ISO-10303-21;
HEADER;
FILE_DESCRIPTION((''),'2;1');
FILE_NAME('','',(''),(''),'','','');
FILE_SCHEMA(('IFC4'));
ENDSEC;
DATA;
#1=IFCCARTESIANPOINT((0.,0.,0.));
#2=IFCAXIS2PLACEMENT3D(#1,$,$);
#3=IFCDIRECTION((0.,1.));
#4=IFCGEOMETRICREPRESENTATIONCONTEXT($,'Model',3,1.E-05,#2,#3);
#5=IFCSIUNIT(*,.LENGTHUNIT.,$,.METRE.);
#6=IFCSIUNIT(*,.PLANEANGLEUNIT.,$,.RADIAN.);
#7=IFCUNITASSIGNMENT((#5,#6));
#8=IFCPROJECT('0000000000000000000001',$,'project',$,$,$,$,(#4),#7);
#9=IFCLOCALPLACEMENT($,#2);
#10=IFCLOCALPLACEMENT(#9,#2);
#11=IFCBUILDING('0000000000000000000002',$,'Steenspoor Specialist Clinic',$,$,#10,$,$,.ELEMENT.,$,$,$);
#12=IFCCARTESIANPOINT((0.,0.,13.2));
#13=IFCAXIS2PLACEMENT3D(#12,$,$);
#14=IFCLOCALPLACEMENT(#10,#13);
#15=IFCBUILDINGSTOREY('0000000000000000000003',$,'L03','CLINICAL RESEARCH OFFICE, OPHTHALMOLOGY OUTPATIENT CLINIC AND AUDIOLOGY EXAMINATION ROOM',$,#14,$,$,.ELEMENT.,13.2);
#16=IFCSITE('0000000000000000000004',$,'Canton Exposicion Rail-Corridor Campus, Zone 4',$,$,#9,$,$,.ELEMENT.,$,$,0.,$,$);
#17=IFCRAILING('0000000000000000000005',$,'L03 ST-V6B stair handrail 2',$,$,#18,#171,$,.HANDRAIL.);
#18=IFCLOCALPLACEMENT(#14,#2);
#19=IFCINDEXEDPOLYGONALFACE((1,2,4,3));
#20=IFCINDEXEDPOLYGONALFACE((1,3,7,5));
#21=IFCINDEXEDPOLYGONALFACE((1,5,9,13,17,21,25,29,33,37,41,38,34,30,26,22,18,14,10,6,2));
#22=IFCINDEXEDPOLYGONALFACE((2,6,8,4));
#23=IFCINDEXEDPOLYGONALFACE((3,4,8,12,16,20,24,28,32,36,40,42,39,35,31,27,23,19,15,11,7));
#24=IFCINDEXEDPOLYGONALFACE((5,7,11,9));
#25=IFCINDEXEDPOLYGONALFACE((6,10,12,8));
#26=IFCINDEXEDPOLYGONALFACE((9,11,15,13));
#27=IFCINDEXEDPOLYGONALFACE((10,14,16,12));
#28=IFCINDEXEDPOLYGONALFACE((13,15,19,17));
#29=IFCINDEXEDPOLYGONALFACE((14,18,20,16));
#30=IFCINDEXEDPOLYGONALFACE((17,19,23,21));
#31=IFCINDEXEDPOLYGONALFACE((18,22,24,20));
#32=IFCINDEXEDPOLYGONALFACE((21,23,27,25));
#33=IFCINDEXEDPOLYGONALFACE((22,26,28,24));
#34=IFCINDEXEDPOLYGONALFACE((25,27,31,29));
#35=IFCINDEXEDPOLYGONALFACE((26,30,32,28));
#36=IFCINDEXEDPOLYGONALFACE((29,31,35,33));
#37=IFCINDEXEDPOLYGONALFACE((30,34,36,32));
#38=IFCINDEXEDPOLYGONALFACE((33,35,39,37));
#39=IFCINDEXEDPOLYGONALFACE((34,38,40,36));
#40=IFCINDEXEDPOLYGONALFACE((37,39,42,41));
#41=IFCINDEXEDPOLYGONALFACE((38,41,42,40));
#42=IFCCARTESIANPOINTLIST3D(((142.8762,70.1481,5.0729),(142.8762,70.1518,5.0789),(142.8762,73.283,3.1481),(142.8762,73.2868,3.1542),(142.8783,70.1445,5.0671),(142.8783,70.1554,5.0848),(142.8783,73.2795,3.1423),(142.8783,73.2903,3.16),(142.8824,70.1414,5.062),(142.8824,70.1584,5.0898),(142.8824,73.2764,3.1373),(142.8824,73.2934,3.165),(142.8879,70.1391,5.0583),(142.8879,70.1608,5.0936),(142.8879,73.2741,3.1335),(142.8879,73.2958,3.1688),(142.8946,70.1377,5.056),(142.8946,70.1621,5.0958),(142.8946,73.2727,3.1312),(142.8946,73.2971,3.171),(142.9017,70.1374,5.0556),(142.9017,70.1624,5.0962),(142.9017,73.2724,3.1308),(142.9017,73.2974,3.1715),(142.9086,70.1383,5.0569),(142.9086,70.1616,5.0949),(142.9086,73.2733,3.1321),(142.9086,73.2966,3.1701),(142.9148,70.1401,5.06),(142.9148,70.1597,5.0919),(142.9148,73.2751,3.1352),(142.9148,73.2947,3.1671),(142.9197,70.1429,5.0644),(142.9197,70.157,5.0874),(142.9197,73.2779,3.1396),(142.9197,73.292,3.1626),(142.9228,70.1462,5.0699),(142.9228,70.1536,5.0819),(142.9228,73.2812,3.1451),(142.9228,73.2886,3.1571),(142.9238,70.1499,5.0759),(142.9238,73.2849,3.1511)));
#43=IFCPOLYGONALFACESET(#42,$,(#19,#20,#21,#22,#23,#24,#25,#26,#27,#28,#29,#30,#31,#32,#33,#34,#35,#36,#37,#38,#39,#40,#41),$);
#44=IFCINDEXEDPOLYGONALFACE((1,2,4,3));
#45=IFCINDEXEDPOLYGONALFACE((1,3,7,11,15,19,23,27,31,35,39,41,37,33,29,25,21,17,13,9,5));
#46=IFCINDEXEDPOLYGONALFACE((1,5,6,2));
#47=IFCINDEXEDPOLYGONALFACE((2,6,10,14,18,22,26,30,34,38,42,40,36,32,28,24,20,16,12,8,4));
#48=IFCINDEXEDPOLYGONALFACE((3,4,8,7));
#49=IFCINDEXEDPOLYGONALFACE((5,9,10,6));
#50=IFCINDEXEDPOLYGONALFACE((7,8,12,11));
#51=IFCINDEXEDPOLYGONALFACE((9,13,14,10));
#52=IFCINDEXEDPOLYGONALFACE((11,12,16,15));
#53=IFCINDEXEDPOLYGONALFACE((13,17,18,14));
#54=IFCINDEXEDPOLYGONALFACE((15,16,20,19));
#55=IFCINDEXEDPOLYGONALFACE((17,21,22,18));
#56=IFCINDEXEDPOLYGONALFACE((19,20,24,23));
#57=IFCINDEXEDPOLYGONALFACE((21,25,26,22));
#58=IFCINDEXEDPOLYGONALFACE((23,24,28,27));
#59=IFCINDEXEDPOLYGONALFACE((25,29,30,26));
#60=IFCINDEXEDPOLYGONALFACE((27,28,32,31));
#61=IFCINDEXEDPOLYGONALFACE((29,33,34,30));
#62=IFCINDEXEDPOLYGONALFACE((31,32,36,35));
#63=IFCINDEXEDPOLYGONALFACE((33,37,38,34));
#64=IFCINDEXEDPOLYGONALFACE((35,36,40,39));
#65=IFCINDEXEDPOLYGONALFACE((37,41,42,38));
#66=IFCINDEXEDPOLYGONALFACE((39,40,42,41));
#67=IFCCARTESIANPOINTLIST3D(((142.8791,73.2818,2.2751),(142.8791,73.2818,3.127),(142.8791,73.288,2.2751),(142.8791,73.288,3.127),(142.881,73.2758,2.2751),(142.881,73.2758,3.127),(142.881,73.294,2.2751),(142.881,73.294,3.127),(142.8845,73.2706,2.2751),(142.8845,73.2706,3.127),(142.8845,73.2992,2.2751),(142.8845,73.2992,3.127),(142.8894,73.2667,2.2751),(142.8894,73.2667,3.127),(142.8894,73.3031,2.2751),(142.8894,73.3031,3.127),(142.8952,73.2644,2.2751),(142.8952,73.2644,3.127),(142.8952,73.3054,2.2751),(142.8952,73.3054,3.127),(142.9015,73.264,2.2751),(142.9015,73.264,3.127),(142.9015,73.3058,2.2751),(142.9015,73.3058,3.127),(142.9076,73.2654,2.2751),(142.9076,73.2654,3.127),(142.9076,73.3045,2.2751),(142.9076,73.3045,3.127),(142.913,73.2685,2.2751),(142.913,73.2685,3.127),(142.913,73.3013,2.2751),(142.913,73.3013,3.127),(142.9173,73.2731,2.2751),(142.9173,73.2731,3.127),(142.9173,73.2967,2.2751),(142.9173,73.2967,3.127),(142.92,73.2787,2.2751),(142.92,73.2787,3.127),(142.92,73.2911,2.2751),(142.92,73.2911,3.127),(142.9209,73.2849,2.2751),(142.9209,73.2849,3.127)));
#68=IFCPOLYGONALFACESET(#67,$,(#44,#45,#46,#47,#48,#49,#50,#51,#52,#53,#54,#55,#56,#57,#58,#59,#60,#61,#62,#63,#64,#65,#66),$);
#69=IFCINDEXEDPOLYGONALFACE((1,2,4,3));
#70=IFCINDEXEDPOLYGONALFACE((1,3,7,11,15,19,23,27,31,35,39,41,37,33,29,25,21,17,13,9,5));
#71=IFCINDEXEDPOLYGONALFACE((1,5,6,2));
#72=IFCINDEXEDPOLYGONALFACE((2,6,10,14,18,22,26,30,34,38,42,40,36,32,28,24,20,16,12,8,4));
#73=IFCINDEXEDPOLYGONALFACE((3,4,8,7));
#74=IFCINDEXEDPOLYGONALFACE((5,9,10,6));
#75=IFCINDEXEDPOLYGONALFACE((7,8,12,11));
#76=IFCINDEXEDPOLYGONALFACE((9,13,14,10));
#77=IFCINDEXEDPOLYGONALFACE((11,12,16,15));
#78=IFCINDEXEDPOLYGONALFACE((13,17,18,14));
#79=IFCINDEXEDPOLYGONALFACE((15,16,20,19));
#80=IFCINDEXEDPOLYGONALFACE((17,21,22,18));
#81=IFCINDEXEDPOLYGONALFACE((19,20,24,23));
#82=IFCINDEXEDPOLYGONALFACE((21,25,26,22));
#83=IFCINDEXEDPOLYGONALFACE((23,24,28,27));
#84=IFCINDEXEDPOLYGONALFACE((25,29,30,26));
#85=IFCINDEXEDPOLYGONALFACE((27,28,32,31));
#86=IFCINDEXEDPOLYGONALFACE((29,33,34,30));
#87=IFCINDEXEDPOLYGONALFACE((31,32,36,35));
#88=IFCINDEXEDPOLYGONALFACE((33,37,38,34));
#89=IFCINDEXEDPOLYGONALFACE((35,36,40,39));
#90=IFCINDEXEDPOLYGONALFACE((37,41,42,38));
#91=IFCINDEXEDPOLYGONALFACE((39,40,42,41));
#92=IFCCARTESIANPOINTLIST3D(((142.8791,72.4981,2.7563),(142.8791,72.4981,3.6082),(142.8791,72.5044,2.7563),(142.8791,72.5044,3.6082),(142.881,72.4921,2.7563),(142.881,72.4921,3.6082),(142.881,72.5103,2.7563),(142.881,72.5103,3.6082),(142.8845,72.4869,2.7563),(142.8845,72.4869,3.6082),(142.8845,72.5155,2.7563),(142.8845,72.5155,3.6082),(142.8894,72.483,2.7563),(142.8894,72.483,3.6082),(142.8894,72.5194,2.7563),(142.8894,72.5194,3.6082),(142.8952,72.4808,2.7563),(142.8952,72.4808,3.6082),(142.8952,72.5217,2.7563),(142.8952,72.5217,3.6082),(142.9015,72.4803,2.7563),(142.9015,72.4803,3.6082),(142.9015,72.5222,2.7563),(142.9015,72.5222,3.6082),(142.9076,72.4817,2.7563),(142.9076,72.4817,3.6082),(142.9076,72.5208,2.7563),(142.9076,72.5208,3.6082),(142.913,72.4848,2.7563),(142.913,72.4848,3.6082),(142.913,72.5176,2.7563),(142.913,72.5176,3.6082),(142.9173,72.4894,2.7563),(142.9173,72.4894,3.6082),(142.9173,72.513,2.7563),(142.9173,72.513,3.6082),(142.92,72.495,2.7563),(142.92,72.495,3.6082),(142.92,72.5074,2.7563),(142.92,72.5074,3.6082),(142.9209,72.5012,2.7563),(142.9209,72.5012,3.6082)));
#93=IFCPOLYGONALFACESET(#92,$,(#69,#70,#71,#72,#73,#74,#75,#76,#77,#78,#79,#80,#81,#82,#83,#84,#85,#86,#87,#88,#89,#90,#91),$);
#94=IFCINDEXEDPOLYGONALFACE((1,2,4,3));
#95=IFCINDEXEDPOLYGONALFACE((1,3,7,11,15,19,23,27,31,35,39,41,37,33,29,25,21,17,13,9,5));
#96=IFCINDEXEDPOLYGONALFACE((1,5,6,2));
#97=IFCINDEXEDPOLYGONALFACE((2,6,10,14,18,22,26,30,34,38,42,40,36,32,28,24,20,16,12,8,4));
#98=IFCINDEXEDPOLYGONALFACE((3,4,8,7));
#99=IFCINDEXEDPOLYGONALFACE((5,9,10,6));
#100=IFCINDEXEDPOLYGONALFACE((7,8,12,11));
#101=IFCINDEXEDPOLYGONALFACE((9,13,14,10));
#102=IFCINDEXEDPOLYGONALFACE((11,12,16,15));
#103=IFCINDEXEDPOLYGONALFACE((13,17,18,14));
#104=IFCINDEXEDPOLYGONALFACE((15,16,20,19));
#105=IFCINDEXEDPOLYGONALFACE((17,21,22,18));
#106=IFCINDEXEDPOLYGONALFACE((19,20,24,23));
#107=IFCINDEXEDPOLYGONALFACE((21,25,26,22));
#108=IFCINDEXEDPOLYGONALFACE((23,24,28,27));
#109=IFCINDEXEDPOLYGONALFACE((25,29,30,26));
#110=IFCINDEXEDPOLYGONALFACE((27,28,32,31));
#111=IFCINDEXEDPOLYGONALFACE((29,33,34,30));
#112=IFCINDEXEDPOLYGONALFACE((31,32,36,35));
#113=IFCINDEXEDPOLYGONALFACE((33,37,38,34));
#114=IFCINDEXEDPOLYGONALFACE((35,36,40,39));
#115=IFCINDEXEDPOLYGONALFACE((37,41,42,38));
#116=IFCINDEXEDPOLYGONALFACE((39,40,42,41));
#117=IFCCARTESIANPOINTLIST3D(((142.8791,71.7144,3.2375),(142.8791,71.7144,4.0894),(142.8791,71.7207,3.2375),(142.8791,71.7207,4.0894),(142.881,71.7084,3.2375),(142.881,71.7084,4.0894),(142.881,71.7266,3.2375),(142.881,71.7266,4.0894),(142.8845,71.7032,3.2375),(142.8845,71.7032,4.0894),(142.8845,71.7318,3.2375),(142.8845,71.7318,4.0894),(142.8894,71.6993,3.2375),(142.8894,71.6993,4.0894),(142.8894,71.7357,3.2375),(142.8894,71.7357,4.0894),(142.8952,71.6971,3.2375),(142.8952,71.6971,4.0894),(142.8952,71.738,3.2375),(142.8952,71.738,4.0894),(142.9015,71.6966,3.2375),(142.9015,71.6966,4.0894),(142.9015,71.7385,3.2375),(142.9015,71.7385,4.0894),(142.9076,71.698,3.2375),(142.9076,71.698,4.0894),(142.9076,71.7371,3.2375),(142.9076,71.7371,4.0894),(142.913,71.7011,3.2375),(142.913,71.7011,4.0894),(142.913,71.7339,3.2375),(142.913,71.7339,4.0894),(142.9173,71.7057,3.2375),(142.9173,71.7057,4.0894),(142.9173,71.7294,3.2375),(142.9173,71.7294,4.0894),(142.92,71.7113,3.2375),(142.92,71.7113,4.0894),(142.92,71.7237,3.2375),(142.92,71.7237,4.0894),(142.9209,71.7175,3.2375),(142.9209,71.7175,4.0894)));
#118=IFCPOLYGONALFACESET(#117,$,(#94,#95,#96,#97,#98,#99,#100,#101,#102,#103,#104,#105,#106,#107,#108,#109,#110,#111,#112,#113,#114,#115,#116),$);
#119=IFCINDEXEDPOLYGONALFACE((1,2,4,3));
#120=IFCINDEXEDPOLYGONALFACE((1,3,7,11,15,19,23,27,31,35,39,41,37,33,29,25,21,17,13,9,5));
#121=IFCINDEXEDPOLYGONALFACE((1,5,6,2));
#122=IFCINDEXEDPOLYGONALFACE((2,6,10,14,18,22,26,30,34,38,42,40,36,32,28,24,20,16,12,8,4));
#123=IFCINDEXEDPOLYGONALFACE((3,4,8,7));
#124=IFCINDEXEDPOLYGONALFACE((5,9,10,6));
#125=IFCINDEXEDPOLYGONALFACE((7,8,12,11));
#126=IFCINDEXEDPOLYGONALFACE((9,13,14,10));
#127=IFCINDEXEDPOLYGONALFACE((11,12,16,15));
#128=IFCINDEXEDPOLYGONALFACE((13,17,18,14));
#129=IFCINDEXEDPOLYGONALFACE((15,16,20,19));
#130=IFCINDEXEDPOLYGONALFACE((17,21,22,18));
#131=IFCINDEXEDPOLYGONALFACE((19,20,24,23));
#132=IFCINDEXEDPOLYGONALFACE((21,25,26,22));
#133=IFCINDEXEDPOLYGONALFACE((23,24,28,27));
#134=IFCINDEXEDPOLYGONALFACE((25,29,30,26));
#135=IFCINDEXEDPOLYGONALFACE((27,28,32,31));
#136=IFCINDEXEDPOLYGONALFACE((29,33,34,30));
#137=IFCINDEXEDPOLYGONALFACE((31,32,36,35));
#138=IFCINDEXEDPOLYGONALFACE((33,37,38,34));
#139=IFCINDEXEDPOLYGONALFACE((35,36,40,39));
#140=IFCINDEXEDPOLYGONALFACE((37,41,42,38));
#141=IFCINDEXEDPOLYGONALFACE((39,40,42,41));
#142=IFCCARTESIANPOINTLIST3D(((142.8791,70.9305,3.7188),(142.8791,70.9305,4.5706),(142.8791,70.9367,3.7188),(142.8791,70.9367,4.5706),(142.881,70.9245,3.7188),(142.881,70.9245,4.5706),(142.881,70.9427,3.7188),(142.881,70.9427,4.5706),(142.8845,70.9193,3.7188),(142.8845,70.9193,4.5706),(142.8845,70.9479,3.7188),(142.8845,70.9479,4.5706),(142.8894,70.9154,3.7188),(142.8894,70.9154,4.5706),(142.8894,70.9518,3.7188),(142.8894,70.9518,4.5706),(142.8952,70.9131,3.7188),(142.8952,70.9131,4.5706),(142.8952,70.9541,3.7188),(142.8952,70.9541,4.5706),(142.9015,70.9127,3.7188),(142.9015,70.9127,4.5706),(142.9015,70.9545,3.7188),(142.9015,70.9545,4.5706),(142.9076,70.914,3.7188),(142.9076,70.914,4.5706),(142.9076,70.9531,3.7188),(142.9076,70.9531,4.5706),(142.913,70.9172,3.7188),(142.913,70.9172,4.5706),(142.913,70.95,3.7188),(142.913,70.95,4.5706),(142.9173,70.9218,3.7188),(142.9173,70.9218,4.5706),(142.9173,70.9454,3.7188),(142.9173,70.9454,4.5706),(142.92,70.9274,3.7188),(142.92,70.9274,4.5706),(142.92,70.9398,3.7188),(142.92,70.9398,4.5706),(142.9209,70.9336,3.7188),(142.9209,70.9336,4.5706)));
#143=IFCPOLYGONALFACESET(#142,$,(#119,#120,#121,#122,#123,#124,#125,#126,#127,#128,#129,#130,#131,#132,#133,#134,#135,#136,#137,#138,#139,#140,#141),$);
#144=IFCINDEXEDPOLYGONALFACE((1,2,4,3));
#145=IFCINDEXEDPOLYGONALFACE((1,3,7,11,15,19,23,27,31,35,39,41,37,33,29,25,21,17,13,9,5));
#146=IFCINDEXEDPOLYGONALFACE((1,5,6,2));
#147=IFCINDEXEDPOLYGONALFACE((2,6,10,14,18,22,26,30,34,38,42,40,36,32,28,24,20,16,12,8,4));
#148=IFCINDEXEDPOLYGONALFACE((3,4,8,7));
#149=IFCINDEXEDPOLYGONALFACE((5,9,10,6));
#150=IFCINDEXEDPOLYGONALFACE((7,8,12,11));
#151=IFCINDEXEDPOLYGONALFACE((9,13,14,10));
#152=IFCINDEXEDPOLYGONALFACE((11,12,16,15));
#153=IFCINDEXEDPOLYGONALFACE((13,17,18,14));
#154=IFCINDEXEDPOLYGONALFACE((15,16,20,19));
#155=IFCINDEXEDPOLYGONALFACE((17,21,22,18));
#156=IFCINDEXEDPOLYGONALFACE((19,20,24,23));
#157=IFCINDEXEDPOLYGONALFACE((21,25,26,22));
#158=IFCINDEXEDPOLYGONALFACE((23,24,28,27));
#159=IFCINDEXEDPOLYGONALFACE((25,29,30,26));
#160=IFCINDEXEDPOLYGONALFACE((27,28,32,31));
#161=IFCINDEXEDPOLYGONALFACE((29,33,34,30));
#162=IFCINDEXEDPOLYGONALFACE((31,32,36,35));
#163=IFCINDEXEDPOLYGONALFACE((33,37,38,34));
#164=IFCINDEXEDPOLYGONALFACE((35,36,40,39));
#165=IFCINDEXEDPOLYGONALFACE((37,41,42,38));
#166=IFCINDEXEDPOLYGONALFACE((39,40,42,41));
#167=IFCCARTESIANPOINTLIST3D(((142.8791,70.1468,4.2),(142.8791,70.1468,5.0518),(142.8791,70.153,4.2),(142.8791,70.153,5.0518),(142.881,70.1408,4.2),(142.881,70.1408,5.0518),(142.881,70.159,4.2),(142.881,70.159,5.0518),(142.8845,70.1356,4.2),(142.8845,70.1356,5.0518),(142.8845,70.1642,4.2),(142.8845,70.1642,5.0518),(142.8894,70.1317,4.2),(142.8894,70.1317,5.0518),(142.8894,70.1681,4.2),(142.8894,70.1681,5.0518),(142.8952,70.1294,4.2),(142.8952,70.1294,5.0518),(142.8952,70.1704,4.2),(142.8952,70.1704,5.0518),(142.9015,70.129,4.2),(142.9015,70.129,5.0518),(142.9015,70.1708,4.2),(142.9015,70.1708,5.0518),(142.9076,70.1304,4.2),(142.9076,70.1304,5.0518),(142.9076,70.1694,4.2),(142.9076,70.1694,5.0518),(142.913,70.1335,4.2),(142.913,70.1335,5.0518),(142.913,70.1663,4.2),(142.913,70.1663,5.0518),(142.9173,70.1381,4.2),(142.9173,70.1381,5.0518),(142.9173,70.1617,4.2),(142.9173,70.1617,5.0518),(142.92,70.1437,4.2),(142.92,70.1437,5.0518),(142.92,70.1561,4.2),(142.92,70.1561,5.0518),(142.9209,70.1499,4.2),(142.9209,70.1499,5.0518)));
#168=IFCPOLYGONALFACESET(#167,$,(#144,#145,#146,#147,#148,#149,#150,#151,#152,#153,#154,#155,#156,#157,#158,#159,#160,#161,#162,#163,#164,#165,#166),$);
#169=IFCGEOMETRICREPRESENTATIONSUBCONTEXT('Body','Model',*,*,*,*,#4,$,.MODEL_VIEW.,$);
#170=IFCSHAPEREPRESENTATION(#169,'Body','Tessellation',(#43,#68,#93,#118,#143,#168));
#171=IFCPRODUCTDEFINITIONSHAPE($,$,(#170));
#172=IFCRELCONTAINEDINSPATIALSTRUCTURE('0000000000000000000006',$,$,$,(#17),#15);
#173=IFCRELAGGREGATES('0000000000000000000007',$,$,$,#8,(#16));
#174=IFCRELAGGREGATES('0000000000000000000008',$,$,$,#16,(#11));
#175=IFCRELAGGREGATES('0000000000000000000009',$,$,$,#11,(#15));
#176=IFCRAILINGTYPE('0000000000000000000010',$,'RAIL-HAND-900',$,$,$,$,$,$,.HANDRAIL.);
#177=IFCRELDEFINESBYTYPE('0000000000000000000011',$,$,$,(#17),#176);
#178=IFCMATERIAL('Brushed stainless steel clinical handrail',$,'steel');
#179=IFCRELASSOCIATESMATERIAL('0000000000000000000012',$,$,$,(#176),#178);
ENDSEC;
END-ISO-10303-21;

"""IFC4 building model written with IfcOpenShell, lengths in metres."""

from ifc_helpers import new_model, si_unit, direction, frame, origin, origin_2d, place, context, subcontext, project, spatial, circle, extrude, material, type_object, element, save


model = new_model("IFC4")

# Units and contexts
model_context = context("Model", 3, precision=1e-05, world=origin(), true_north=direction((0.0, 1.0)))
body_context = subcontext(model_context, "Body", "Model", "MODEL_VIEW")
ifc_project = project(units=[si_unit("LENGTHUNIT", "METRE"), si_unit("PLANEANGLEUNIT", "RADIAN")], contexts=[model_context])

# Site, building, storey
site_placement = place(None, origin())
site = spatial("IfcSite", under=ifc_project, at=site_placement, Name="Canton Exposicion Rail-Corridor Campus, Zone 4", CompositionType="ELEMENT", RefElevation=0.0)
building_placement = place(site_placement, origin())
building = spatial("IfcBuilding", under=site, at=building_placement, Name="Steenspoor Specialist Clinic", CompositionType="ELEMENT")
storey_placement = place(building_placement, frame((0.0, 0.0, 13.2)))
storey = spatial("IfcBuildingStorey", under=building, at=storey_placement, Name="L03", Description="CLINICAL RESEARCH OFFICE, OPHTHALMOLOGY OUTPATIENT CLINIC AND AUDIOLOGY EXAMINATION ROOM", CompositionType="ELEMENT", Elevation=13.2)

# Railing
ifc_material_1 = material(Name="Brushed stainless steel clinical handrail", Category="steel")
railing_type_1 = type_object("IfcRailingType", Name="RAIL-HAND-900", PredefinedType="HANDRAIL", material=ifc_material_1)
railing_1_placement = place(storey_placement, frame((142.8999, 73.2849, 2.2751)))
element("IfcRailing", 1, at=railing_1_placement, inside=storey, type_object=railing_type_1, Name="L03 ST-V6B stair handrail 2", PredefinedType="HANDRAIL", context=body_context, shape_type="SweptSolid", body=[
    extrude(circle(Radius=0.0239, at=origin_2d()), frame((0.0, 0.0, 0.876), z_axis=(0.0, -0.852196, 0.523223), x_axis=(1.0, 0.0, 0.0)), (0.0, 0.0, 1.0), 3.6787),
    extrude(circle(Radius=0.021, at=origin_2d()), origin(), (0.0, 0.0, 1.0), 0.8518),
    extrude(circle(Radius=0.021, at=origin_2d()), frame((0.0, -0.7837, 0.4812)), (0.0, 0.0, 1.0), 0.8518),
    extrude(circle(Radius=0.021, at=origin_2d()), frame((0.0, -1.5674, 0.9624)), (0.0, 0.0, 1.0), 0.8518),
    extrude(circle(Radius=0.021, at=origin_2d()), frame((0.0, -2.3513, 1.4436)), (0.0, 0.0, 1.0), 0.8518),
    extrude(circle(Radius=0.021, at=origin_2d()), frame((0.0, -3.135, 1.9248)), (0.0, 0.0, 1.0), 0.8518),
])

save(model, "model.ifc")
